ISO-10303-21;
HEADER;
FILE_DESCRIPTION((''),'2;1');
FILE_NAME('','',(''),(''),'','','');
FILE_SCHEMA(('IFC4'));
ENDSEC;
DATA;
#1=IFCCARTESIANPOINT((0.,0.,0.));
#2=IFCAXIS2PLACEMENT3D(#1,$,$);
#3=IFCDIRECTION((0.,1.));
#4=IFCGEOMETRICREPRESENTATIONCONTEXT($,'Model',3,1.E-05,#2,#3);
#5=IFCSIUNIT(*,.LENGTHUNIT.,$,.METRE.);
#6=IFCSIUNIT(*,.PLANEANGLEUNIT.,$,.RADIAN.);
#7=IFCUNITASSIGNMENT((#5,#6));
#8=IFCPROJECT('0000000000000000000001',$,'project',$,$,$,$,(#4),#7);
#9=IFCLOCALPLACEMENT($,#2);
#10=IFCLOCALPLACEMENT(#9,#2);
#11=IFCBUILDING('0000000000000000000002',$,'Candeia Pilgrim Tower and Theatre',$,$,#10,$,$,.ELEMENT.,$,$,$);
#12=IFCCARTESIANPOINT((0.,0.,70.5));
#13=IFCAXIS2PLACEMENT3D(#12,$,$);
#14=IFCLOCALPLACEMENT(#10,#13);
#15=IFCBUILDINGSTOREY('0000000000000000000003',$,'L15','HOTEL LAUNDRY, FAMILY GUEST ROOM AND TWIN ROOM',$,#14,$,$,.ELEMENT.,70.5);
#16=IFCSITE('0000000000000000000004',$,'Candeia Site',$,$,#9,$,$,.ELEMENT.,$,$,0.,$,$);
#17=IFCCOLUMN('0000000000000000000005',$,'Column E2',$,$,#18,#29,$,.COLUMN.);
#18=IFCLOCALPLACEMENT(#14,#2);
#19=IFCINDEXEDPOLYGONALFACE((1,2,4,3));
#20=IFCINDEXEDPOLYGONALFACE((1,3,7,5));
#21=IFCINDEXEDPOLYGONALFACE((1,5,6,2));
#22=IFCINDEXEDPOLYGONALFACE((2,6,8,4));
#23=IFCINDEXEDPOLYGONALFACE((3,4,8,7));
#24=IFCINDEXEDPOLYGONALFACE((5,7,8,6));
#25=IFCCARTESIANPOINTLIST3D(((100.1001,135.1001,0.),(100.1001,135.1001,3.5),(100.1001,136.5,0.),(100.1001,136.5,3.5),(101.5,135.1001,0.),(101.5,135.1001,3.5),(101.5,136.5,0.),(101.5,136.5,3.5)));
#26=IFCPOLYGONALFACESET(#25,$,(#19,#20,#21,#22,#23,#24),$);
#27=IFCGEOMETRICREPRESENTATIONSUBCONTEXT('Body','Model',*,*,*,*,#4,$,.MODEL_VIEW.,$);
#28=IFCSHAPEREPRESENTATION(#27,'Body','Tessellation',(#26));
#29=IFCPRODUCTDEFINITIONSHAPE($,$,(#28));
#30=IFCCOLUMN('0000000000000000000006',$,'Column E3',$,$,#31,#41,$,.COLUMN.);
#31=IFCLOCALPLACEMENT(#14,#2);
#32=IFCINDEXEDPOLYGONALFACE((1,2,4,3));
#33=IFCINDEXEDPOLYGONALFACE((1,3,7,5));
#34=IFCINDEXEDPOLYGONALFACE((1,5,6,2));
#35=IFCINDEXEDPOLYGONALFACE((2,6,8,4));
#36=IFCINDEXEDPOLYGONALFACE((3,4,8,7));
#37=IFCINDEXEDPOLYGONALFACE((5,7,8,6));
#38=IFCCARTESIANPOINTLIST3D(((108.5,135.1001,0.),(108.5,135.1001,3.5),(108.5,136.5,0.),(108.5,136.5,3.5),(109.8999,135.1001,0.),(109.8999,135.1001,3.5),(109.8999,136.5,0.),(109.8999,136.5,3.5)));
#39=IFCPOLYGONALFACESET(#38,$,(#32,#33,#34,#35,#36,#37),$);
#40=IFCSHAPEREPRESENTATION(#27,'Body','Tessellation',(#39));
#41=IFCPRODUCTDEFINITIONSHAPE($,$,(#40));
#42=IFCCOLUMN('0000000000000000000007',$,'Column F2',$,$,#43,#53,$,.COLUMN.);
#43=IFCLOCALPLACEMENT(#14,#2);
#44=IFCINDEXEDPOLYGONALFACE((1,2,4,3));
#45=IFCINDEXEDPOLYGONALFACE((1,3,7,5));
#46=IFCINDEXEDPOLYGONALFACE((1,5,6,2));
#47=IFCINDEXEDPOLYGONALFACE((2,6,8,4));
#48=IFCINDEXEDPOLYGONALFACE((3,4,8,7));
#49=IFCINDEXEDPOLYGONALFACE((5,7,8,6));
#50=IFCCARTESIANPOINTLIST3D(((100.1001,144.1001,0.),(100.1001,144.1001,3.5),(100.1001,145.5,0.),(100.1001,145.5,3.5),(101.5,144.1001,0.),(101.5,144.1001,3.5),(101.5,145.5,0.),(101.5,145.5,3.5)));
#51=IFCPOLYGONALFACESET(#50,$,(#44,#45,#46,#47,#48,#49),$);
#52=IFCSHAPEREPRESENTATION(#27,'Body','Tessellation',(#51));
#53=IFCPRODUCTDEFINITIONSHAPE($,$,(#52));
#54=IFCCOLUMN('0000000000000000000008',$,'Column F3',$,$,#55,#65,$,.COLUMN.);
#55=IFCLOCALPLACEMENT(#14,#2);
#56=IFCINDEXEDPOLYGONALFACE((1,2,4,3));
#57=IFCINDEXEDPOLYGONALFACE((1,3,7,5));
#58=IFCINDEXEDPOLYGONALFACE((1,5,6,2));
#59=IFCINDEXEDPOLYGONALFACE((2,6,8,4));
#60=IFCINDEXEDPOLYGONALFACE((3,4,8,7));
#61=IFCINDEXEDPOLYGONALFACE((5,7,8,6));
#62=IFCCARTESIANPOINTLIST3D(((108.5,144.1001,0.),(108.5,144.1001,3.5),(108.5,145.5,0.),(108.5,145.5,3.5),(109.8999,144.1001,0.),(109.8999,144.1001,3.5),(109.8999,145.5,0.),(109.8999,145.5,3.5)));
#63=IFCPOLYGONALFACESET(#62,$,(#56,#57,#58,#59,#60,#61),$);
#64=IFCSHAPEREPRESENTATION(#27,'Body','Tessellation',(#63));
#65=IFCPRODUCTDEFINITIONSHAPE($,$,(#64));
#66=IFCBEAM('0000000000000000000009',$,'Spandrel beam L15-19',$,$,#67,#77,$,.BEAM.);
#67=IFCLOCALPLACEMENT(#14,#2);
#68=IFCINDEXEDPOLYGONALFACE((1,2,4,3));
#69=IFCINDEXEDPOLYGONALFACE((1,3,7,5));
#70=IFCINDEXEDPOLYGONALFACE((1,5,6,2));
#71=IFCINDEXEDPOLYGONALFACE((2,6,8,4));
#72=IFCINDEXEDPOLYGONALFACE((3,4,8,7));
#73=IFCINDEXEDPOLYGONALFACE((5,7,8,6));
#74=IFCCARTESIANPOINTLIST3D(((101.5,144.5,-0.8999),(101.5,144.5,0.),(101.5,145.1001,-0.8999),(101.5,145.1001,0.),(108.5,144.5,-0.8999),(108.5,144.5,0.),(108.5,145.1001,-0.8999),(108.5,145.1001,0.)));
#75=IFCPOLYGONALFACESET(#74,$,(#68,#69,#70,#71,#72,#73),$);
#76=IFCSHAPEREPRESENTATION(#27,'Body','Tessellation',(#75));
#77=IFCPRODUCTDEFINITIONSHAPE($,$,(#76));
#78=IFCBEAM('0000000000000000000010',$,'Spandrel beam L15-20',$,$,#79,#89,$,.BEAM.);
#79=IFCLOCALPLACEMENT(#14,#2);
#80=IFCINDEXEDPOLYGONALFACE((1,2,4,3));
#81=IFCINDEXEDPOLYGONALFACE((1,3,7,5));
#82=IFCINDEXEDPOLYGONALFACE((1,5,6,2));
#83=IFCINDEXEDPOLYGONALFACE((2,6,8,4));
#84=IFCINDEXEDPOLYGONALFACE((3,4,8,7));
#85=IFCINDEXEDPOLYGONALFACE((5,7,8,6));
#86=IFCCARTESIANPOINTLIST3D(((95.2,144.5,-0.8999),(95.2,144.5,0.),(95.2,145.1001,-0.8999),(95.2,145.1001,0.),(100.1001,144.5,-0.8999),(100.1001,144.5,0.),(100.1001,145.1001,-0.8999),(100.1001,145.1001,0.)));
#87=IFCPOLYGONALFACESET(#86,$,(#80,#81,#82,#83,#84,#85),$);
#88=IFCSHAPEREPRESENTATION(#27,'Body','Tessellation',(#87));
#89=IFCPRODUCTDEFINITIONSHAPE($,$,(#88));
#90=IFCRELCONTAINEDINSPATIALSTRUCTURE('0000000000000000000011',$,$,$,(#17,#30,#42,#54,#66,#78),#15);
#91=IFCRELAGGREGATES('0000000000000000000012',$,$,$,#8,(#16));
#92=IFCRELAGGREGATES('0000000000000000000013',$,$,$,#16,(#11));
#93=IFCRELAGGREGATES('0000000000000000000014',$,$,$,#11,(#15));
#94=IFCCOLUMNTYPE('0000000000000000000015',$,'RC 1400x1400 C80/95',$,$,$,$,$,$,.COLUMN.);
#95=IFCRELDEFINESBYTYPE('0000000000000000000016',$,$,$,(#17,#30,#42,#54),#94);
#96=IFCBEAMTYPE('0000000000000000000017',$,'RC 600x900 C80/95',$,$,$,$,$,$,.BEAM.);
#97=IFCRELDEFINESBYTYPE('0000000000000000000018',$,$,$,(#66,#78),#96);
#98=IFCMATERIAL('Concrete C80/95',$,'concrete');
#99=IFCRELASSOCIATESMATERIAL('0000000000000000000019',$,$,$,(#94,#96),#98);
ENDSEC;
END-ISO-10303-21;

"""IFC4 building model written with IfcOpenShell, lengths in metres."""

from ifc_helpers import new_model, si_unit, direction, frame, origin, origin_2d, place, context, subcontext, project, spatial, rectangle, extrude, material, material_profile, profile_set, type_object, element, save


model = new_model("IFC4")

# Units and contexts
model_context = context("Model", 3, precision=1e-05, world=origin(), true_north=direction((0.0, 1.0)))
body_context = subcontext(model_context, "Body", "Model", "MODEL_VIEW")
ifc_project = project(units=[si_unit("LENGTHUNIT", "METRE"), si_unit("PLANEANGLEUNIT", "RADIAN")], contexts=[model_context])

# Site, building, storey
site_placement = place(None, origin())
site = spatial("IfcSite", under=ifc_project, at=site_placement, Name="Candeia Site", CompositionType="ELEMENT", RefElevation=0.0)
building_placement = place(site_placement, origin())
building = spatial("IfcBuilding", under=site, at=building_placement, Name="Candeia Pilgrim Tower and Theatre", CompositionType="ELEMENT")
storey_placement = place(building_placement, frame((0.0, 0.0, 70.5)))
storey = spatial("IfcBuildingStorey", under=building, at=storey_placement, Name="L15", Description="HOTEL LAUNDRY, FAMILY GUEST ROOM AND TWIN ROOM", CompositionType="ELEMENT", Elevation=70.5)

# Columns
ifc_material_1 = material(Name="Concrete C80/95", Category="concrete")
ifc_material_profile_1 = material_profile(ifc_material_1, rectangle(XDim=1.3999, YDim=1.3999, at=origin_2d()))
ifc_profile_set_1 = profile_set([ifc_material_profile_1], Name="Concrete C80/95")
column_type = type_object("IfcColumnType", Name="RC 1400x1400 C80/95", PredefinedType="COLUMN", material=ifc_profile_set_1)
for number, where, z_axis, x_axis, name in (
    (1, (100.8, 135.8, 0.0), (0.0, 0.0, 1.0), (1.0, 0.0, 0.0), "Column E2"),
    (2, (109.2, 135.8, 0.0), (0.0, 0.0, 1.0), (1.0, 0.0, 0.0), "Column E3"),
    (3, (100.8, 144.8, 0.0), (0.0, 0.0, 1.0), (1.0, 0.0, 0.0), "Column F2"),
    (4, (109.2, 144.8, 0.0), (0.0, 0.0, 1.0), (1.0, 0.0, 0.0), "Column F3"),
):
    element("IfcColumn", number, at=place(storey_placement, frame(where, z_axis=z_axis, x_axis=x_axis)), inside=storey, type_object=column_type, Name=name, PredefinedType="COLUMN", context=body_context, shape_type="SweptSolid", body=[
        extrude(rectangle(XDim=1.3999, YDim=1.3999, at=origin_2d()), origin(), (0.0, 0.0, 1.0), 3.5),
    ])

# Beams
ifc_material_profile_2 = material_profile(ifc_material_1, rectangle(XDim=0.6001, YDim=0.8999, at=origin_2d()))
ifc_profile_set_2 = profile_set([ifc_material_profile_2], Name="Concrete C80/95")
beam_type = type_object("IfcBeamType", Name="RC 600x900 C80/95", PredefinedType="BEAM", material=ifc_profile_set_2)
beam_1_placement = place(storey_placement, frame((108.5, 144.8, -0.45), z_axis=(-1.0, 0.0, 0.0), x_axis=(0.0, -1.0, 0.0)))
element("IfcBeam", 5, at=beam_1_placement, inside=storey, type_object=beam_type, Name="Spandrel beam L15-19", PredefinedType="BEAM", context=body_context, shape_type="SweptSolid", body=[
    extrude(rectangle(XDim=0.6001, YDim=0.8999, at=origin_2d()), origin(), (0.0, 0.0, 1.0), 7.0),
])
beam_2_placement = place(storey_placement, frame((100.1001, 144.8, -0.45), z_axis=(-1.0, 0.0, 0.0), x_axis=(0.0, -1.0, 0.0)))
element("IfcBeam", 6, at=beam_2_placement, inside=storey, type_object=beam_type, Name="Spandrel beam L15-20", PredefinedType="BEAM", context=body_context, shape_type="SweptSolid", body=[
    extrude(rectangle(XDim=0.6001, YDim=0.8999, at=origin_2d()), origin(), (0.0, 0.0, 1.0), 4.9001),
])

save(model, "model.ifc")
